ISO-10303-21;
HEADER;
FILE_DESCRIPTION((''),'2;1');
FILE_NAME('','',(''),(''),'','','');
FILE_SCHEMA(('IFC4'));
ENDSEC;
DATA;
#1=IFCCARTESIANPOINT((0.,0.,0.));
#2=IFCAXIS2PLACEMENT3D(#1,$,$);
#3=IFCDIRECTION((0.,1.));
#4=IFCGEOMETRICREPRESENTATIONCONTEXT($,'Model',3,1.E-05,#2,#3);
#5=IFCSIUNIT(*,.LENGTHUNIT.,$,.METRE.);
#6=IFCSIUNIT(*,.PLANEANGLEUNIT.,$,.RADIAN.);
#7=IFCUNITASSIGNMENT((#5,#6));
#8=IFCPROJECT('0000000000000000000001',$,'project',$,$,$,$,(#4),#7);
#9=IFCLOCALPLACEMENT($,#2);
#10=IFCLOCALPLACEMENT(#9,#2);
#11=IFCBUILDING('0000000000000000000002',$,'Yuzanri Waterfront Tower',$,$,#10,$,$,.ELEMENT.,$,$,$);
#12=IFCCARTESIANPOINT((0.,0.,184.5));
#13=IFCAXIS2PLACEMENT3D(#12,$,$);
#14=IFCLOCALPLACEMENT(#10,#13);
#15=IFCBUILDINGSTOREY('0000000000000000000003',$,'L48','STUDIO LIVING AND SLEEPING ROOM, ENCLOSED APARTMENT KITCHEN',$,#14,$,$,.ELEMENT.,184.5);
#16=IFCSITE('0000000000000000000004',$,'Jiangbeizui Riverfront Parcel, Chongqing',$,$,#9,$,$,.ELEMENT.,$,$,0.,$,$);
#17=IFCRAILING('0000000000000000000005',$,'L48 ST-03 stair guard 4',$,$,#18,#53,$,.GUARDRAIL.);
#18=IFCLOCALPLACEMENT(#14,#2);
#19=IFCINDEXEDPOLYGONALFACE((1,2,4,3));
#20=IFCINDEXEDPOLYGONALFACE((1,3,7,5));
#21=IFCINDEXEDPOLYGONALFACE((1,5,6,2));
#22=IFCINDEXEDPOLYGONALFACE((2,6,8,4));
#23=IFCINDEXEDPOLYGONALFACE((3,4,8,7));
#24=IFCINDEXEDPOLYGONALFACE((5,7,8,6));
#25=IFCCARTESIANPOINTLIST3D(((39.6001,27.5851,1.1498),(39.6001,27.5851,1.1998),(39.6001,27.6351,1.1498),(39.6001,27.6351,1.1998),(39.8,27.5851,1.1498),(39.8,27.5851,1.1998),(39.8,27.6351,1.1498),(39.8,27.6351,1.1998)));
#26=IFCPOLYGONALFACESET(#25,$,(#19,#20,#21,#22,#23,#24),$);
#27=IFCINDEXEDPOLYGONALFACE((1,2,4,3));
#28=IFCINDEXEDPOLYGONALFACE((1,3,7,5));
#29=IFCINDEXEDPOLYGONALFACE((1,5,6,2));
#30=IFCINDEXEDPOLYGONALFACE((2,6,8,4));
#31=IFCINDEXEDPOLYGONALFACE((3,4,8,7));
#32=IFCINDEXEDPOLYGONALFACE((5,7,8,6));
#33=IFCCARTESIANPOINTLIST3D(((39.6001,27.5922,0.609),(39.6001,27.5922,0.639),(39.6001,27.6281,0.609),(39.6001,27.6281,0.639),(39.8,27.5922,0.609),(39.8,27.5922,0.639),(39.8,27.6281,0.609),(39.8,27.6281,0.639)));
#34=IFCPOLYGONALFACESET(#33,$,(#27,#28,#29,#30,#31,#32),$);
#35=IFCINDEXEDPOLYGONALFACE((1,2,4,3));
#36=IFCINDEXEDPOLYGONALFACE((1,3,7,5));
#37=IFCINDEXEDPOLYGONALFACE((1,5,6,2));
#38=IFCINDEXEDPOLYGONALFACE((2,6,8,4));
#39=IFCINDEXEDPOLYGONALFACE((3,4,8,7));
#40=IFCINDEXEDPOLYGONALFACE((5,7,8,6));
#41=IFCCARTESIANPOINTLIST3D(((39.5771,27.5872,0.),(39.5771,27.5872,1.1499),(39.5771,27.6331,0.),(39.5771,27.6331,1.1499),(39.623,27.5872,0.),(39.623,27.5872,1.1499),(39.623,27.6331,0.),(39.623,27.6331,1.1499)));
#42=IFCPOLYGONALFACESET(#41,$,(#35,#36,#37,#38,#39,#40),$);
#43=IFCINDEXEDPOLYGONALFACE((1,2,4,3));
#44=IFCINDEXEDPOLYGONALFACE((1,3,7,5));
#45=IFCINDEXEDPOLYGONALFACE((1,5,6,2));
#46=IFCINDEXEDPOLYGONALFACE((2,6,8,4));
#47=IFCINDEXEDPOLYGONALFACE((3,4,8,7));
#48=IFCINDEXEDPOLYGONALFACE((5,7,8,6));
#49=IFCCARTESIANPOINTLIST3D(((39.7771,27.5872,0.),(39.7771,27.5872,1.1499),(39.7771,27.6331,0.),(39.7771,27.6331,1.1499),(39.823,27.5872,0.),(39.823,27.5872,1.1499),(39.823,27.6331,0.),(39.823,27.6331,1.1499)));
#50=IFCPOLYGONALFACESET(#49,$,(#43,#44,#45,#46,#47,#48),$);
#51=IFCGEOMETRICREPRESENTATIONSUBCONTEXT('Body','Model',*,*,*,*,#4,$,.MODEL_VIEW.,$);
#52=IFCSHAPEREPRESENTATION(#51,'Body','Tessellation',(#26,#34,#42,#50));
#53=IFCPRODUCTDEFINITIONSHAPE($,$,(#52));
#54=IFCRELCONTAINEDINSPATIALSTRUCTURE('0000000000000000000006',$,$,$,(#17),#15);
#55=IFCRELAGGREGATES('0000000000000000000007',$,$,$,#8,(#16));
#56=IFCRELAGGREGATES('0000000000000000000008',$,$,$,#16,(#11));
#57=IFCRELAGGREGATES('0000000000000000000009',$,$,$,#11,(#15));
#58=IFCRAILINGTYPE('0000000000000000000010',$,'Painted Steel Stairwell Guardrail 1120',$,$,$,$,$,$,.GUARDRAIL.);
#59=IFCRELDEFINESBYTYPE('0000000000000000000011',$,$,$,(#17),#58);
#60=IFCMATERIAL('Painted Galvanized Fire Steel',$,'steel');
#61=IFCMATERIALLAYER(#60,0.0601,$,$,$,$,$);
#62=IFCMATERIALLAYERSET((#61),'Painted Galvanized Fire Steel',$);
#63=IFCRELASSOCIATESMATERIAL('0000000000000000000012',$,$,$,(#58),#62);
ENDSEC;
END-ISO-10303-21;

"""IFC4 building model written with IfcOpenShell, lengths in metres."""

from ifc_helpers import new_model, si_unit, direction, frame, origin, origin_2d, place, context, subcontext, project, spatial, rectangle, extrude, source, transform, mapped, material, layer, layer_set, type_object, element, save


model = new_model("IFC4")

# Units and contexts
model_context = context("Model", 3, precision=1e-05, world=origin(), true_north=direction((0.0, 1.0)))
body_context = subcontext(model_context, "Body", "Model", "MODEL_VIEW")
ifc_project = project(units=[si_unit("LENGTHUNIT", "METRE"), si_unit("PLANEANGLEUNIT", "RADIAN")], contexts=[model_context])

# Site, building, storey
site_placement = place(None, origin())
site = spatial("IfcSite", under=ifc_project, at=site_placement, Name="Jiangbeizui Riverfront Parcel, Chongqing", CompositionType="ELEMENT", RefElevation=0.0)
building_placement = place(site_placement, origin())
building = spatial("IfcBuilding", under=site, at=building_placement, Name="Yuzanri Waterfront Tower", CompositionType="ELEMENT")
storey_placement = place(building_placement, frame((0.0, 0.0, 184.5)))
storey = spatial("IfcBuildingStorey", under=building, at=storey_placement, Name="L48", Description="STUDIO LIVING AND SLEEPING ROOM, ENCLOSED APARTMENT KITCHEN", CompositionType="ELEMENT", Elevation=184.5)

# Railing
ifc_material_1 = material(Name="Painted Galvanized Fire Steel", Category="steel")
ifc_layer_1 = layer(ifc_material_1, 0.0601)
ifc_layer_set_1 = layer_set([ifc_layer_1], Name="Painted Galvanized Fire Steel")
railing_type_1 = type_object("IfcRailingType", Name="Painted Steel Stairwell Guardrail 1120", PredefinedType="GUARDRAIL", material=ifc_layer_set_1)
shared_shape_1 = source(origin(), body_context, "Body", "SweptSolid", [
    extrude(rectangle(XDim=0.05, YDim=0.05, at=origin_2d()), frame((0.0, 0.0, 1.1748), z_axis=(1.0, 0.0, 0.0), x_axis=(0.0, 1.0, 0.0)), (0.0, 0.0, 1.0), 0.2),
    extrude(rectangle(XDim=0.0359, YDim=0.03, at=origin_2d()), frame((0.0, 0.0, 0.624), z_axis=(1.0, 0.0, 0.0), x_axis=(0.0, 1.0, 0.0)), (0.0, 0.0, 1.0), 0.2),
    extrude(rectangle(XDim=0.0459, YDim=0.0459, at=origin_2d()), origin(), (0.0, 0.0, 1.0), 1.1499),
    extrude(rectangle(XDim=0.0459, YDim=0.0459, at=origin_2d()), frame((0.2, 0.0, 0.0)), (0.0, 0.0, 1.0), 1.1499),
])
railing_1_placement = place(storey_placement, frame((39.6001, 27.6101, 0.0)))
element("IfcRailing", 1, at=railing_1_placement, inside=storey, type_object=railing_type_1, Name="L48 ST-03 stair guard 4", PredefinedType="GUARDRAIL", context=body_context, shape_type="MappedRepresentation", body=[
    mapped(shared_shape_1, transform((0.0, 0.0, 0.0), scale=1.0)),
])

save(model, "model.ifc")
